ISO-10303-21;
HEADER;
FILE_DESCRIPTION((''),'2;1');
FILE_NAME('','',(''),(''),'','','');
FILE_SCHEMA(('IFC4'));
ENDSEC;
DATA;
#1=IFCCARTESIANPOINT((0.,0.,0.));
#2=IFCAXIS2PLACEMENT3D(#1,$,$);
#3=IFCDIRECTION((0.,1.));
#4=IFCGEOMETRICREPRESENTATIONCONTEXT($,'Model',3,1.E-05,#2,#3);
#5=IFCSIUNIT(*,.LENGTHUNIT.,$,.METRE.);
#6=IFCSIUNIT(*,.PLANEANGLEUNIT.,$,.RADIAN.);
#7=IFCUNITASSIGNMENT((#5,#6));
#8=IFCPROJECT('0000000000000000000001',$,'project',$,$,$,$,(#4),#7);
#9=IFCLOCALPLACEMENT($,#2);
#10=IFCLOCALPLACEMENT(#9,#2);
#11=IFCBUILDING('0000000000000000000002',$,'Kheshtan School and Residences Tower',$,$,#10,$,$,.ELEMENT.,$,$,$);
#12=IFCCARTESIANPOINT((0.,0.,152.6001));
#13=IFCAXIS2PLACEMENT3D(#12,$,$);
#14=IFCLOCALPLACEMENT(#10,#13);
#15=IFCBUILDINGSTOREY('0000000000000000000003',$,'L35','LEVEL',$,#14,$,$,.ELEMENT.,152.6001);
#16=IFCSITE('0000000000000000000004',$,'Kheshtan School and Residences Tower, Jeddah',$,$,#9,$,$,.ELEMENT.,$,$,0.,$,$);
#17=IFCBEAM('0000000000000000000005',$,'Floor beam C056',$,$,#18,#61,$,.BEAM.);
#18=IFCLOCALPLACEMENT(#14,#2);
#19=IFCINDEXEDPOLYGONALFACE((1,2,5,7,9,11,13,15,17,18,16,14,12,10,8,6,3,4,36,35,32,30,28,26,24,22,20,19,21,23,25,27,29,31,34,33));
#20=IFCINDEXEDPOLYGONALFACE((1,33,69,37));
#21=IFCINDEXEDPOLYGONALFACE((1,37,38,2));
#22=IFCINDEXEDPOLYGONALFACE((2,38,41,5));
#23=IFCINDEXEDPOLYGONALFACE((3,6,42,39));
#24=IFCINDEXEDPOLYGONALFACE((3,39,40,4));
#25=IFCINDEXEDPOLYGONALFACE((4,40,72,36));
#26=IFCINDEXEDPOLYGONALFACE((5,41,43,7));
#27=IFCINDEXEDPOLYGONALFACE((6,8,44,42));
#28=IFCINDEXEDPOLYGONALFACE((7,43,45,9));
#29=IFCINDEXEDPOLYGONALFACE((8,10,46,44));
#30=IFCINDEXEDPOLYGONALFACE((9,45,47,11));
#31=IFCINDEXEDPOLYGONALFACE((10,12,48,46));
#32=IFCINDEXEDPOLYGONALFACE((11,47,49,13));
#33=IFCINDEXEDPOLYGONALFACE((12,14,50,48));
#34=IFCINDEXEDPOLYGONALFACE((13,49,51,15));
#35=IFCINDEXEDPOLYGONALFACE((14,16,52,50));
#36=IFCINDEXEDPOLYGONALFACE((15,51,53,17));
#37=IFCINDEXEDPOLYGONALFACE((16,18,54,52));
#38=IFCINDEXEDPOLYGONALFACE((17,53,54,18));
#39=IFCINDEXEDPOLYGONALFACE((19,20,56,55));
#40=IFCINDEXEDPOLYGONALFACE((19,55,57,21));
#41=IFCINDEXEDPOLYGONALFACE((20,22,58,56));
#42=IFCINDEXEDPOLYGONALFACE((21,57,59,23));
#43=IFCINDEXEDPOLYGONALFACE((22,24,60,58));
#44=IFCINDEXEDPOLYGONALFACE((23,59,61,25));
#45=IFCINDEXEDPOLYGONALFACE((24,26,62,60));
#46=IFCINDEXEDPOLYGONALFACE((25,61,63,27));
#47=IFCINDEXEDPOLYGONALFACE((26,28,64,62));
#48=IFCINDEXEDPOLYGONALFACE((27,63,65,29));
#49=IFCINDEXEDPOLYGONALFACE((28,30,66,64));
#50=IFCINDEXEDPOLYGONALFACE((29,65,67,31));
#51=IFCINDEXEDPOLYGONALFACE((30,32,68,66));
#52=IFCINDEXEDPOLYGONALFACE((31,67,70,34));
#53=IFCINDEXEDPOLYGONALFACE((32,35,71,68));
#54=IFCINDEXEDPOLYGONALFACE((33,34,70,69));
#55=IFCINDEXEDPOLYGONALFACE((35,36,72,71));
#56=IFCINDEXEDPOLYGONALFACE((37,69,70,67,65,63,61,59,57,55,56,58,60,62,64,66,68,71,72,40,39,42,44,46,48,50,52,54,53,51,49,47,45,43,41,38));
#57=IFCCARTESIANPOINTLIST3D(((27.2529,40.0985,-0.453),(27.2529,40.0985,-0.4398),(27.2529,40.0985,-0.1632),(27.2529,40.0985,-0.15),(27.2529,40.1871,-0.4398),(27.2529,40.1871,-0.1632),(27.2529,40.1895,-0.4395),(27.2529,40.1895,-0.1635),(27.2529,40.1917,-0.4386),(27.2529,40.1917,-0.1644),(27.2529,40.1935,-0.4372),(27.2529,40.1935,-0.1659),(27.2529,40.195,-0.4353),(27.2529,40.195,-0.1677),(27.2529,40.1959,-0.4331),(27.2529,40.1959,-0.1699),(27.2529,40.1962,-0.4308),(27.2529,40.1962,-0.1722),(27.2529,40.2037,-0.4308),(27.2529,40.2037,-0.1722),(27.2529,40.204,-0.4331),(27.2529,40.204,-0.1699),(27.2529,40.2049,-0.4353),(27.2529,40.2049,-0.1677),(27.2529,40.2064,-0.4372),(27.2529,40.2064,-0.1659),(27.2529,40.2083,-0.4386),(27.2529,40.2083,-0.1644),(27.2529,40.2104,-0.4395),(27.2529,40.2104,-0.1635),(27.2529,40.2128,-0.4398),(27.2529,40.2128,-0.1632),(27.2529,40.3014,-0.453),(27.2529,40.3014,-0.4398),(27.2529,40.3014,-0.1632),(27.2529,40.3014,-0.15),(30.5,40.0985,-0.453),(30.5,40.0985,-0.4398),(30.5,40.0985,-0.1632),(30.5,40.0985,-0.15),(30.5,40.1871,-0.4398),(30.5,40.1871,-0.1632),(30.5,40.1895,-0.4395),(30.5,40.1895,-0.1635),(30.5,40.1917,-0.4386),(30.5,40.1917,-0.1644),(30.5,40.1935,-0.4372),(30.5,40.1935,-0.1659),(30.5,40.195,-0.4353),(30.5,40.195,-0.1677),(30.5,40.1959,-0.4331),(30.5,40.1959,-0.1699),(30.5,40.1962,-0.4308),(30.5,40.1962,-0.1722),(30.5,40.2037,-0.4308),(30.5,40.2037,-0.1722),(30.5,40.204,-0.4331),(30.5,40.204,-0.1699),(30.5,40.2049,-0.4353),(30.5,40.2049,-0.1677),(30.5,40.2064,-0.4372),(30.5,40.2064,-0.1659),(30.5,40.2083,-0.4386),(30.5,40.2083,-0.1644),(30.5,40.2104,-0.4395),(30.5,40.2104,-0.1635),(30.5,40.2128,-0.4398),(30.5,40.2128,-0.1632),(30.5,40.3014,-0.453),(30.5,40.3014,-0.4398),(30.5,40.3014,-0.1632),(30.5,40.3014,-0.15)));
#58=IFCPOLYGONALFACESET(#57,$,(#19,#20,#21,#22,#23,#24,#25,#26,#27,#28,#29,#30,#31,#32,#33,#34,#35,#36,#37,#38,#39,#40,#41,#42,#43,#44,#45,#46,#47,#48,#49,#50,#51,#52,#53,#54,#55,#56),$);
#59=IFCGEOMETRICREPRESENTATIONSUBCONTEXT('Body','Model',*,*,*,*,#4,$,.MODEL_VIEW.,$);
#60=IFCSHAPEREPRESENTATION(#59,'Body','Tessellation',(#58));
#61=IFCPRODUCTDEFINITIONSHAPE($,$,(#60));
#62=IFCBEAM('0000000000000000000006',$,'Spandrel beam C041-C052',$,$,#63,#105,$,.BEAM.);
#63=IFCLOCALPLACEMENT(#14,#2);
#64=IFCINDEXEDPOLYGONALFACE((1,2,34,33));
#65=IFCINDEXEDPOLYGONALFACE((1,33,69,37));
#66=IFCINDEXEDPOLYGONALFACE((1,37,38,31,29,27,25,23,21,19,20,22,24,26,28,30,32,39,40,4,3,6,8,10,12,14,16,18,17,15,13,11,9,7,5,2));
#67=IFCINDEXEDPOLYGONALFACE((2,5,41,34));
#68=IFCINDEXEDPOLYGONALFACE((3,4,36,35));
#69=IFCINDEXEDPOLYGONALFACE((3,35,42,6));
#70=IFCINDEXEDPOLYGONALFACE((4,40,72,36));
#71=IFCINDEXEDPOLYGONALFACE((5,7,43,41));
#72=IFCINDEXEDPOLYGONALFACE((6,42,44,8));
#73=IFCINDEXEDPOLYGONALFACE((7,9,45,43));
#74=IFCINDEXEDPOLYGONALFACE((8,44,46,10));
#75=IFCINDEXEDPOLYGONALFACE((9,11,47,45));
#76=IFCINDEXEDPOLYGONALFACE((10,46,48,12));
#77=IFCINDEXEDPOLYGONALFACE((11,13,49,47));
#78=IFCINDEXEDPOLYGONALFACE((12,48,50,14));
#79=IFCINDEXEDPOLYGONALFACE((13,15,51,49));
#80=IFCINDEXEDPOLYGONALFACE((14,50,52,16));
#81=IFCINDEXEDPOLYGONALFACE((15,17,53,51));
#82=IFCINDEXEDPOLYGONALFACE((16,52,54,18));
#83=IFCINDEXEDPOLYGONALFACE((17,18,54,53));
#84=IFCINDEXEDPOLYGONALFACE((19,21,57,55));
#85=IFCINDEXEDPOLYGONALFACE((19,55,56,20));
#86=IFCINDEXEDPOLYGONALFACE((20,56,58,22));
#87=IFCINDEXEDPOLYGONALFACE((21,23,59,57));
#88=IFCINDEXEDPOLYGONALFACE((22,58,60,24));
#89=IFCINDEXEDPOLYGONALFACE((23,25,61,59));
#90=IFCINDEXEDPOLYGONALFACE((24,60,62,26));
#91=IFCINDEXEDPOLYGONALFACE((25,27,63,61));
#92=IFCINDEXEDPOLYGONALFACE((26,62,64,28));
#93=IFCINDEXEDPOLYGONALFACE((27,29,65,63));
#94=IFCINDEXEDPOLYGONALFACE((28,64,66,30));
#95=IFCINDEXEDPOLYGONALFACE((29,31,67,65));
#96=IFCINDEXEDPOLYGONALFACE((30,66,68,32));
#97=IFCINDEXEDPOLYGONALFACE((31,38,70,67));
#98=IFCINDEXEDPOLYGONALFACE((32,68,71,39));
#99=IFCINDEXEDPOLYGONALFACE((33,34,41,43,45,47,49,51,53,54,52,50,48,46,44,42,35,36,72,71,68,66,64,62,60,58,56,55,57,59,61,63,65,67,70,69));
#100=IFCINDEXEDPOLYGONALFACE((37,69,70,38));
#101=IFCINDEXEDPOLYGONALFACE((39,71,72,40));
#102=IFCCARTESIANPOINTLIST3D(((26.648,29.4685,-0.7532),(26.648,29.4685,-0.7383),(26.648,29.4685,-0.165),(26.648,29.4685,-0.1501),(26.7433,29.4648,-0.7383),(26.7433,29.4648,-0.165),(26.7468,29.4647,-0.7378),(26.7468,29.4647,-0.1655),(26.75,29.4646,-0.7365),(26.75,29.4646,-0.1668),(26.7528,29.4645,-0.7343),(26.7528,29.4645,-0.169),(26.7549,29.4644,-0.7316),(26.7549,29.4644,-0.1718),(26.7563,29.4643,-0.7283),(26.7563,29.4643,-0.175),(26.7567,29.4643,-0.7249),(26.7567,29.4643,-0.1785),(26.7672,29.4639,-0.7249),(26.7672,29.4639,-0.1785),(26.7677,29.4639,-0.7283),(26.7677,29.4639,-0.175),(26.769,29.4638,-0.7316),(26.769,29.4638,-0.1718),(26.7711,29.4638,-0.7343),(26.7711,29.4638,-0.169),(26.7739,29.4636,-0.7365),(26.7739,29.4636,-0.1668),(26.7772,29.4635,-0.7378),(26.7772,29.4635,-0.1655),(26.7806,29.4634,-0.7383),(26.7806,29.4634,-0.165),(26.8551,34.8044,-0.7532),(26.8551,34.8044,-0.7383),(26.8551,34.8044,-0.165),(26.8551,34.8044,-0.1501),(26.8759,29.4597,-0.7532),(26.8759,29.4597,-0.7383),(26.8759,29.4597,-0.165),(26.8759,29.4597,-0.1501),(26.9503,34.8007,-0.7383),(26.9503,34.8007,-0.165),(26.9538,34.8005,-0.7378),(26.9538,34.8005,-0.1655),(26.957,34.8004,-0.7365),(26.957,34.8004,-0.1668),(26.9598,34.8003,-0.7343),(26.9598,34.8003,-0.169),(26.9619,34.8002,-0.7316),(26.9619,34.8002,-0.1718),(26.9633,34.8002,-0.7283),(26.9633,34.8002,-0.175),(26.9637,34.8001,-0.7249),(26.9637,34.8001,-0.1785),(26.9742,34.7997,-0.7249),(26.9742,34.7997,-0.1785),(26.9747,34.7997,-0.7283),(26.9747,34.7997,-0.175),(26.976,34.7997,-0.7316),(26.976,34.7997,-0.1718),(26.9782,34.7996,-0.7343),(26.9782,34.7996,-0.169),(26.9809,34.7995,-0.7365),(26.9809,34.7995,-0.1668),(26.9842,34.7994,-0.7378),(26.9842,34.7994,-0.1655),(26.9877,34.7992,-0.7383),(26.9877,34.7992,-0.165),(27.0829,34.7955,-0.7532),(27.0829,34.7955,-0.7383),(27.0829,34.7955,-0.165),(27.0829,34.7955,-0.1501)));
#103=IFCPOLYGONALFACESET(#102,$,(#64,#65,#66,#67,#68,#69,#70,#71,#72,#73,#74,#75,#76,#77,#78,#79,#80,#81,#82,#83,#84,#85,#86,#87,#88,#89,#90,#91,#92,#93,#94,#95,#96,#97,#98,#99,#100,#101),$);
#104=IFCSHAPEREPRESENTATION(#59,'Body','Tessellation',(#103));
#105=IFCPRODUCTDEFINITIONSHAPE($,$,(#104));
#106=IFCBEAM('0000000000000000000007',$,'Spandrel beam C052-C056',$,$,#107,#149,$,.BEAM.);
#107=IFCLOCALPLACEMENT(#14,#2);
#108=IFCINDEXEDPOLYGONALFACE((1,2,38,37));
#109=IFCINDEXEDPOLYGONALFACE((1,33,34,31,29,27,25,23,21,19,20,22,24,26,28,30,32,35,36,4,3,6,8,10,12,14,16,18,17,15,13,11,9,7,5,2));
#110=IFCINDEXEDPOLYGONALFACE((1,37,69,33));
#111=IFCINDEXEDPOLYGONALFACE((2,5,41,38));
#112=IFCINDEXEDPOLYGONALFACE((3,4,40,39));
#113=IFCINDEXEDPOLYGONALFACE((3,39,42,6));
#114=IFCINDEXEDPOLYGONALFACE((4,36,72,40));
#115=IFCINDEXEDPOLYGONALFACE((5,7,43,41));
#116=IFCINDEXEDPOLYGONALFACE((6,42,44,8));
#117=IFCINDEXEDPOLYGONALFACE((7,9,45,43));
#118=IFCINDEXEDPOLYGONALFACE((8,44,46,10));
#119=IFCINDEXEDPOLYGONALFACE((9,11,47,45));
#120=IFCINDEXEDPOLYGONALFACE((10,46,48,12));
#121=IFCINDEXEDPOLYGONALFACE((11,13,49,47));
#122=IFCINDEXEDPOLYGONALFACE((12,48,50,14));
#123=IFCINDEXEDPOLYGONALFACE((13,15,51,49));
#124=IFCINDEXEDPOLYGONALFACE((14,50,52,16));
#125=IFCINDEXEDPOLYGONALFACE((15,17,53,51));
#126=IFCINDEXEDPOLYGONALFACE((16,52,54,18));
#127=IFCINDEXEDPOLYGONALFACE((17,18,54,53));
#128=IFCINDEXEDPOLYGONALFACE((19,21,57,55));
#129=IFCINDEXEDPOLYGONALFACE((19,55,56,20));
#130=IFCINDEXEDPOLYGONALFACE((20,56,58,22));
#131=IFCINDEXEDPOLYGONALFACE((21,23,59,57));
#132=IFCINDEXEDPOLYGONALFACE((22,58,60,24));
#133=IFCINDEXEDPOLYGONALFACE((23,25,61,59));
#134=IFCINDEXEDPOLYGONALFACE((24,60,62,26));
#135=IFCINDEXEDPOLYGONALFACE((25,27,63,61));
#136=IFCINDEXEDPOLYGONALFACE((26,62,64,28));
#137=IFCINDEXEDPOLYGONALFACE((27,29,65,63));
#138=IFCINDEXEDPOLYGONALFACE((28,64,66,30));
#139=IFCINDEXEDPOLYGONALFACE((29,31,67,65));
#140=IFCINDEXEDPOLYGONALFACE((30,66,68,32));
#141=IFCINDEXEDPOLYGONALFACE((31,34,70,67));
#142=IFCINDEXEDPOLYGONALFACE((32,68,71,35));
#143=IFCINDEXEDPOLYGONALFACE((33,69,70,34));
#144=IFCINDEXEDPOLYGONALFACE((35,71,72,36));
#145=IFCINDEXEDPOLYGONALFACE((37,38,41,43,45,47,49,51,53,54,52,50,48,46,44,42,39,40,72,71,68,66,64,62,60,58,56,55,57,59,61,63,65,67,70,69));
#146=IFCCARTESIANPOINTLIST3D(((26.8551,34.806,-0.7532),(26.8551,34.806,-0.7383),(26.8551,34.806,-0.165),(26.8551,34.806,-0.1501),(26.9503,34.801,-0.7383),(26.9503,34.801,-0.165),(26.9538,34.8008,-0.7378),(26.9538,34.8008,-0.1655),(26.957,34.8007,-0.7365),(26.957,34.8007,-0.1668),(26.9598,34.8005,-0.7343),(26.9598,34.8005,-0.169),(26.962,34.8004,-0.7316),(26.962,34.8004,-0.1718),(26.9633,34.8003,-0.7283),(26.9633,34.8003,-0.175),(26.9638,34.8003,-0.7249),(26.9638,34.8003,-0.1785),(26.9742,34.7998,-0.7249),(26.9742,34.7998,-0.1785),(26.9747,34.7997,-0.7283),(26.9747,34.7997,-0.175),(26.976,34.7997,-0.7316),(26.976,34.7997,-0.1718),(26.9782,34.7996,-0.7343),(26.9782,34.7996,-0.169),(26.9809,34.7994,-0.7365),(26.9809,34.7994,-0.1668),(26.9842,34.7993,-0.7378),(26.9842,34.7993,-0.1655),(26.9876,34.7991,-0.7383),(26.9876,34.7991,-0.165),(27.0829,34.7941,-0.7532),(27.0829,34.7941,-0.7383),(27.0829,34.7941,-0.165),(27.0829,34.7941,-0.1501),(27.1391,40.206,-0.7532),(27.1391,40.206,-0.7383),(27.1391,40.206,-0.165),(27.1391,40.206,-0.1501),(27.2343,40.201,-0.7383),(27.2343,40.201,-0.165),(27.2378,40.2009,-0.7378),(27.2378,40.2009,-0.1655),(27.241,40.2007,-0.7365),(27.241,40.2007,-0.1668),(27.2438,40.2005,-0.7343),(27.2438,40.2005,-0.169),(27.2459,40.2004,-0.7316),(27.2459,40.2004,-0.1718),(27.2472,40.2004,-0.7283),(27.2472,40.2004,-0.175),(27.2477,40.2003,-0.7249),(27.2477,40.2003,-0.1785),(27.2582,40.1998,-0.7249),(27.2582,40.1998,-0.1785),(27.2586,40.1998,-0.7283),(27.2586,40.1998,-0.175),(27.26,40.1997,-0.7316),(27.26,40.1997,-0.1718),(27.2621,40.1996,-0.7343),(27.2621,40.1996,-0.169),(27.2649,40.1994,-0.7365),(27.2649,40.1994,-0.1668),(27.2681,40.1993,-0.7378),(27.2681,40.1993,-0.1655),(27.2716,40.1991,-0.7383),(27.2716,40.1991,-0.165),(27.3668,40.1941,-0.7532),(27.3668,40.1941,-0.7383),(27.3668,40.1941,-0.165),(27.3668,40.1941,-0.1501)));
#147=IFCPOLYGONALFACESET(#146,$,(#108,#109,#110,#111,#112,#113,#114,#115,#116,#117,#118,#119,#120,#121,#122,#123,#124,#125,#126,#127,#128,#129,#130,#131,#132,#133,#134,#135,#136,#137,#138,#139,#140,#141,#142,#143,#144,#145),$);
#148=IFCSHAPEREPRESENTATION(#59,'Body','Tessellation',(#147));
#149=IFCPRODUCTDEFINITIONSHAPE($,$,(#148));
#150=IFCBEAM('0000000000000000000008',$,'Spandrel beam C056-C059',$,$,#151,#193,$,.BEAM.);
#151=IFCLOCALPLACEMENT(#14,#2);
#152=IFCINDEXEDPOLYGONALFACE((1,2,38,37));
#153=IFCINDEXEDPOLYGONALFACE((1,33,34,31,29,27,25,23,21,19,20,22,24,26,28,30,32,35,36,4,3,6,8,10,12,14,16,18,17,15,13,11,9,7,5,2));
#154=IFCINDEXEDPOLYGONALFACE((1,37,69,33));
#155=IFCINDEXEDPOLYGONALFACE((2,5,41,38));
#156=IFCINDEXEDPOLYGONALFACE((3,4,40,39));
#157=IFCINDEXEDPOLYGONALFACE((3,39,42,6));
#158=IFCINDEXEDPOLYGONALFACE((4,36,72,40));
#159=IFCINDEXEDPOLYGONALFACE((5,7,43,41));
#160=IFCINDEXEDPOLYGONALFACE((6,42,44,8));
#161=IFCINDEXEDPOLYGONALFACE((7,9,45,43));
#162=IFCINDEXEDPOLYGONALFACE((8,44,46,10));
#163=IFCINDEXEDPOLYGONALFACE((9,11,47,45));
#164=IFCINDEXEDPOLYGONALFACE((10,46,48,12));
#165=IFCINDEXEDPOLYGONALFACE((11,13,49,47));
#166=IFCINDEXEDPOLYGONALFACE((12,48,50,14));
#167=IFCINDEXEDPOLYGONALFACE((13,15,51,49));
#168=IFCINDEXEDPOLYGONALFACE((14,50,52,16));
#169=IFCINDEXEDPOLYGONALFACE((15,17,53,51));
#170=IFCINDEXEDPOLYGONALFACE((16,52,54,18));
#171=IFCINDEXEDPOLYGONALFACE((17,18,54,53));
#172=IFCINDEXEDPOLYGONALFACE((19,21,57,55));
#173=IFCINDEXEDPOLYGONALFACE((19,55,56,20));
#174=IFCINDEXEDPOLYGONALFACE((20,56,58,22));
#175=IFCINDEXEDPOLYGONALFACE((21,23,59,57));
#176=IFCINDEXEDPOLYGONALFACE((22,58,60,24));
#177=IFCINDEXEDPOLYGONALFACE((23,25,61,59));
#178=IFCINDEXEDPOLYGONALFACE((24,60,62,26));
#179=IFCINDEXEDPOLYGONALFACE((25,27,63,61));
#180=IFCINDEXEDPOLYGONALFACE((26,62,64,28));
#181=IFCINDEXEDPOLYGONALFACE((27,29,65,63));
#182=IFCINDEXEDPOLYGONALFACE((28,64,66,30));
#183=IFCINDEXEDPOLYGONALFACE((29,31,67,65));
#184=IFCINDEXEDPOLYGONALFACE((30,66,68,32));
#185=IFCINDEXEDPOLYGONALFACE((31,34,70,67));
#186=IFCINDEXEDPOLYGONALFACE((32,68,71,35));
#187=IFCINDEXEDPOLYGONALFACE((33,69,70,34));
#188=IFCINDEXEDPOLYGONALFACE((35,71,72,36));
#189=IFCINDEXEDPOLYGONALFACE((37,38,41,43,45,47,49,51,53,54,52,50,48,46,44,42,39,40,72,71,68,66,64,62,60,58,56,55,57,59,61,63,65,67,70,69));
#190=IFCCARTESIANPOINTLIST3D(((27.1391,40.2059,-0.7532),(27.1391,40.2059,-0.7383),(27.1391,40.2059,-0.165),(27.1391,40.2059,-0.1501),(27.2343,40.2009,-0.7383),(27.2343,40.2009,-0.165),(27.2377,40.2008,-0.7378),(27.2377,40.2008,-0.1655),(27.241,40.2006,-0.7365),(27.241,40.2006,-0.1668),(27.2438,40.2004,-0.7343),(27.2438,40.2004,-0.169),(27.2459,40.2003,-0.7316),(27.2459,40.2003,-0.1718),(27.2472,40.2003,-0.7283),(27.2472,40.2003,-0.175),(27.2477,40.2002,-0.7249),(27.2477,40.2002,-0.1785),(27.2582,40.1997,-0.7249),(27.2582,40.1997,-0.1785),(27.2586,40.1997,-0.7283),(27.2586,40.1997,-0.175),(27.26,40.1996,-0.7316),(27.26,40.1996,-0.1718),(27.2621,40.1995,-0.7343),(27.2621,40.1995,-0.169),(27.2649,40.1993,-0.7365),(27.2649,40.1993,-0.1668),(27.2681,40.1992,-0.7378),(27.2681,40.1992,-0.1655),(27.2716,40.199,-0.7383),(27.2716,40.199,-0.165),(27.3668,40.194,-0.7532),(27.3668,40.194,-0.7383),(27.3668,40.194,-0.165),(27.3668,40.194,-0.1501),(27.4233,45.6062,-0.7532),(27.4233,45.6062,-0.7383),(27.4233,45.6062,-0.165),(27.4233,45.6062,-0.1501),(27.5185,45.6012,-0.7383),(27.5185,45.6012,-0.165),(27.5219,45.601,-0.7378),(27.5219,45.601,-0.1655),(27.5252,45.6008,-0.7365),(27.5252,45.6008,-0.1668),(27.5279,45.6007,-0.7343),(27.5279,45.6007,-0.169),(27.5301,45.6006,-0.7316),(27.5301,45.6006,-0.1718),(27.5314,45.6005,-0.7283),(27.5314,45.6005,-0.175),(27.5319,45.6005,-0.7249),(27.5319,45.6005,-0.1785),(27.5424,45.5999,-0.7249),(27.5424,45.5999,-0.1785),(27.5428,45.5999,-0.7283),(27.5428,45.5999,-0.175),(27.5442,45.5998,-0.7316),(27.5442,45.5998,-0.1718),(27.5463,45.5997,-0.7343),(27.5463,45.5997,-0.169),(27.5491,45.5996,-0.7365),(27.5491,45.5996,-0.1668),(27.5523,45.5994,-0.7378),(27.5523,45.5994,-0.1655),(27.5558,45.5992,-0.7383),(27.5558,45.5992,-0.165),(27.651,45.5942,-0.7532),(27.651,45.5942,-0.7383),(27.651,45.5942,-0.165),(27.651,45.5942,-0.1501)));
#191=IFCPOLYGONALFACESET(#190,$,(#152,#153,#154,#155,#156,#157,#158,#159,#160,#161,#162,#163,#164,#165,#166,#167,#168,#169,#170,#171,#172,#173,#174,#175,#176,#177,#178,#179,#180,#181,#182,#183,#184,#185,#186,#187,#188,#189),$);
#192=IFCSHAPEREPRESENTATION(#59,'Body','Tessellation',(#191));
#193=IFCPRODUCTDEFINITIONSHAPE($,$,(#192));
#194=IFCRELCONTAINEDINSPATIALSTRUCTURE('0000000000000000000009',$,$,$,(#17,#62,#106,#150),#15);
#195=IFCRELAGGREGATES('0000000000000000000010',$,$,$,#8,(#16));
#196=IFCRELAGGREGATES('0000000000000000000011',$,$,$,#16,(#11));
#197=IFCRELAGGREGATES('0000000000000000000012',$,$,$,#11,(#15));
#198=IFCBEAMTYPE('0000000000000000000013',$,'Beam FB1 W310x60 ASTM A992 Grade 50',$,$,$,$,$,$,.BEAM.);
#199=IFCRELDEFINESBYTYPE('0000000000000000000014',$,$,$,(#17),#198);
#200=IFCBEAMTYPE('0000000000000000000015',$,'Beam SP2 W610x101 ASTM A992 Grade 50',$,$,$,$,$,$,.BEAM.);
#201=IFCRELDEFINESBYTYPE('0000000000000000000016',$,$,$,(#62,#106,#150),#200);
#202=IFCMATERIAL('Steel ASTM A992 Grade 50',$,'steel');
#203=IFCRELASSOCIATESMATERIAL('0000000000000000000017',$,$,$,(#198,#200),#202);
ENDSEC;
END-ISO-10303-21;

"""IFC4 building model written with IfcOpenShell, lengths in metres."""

from ifc_helpers import new_model, si_unit, direction, frame, origin, origin_2d, place, context, subcontext, project, spatial, i_section, extrude, material, material_profile, profile_set, type_object, element, save


model = new_model("IFC4")

# Units and contexts
model_context = context("Model", 3, precision=1e-05, world=origin(), true_north=direction((0.0, 1.0)))
body_context = subcontext(model_context, "Body", "Model", "MODEL_VIEW")
ifc_project = project(units=[si_unit("LENGTHUNIT", "METRE"), si_unit("PLANEANGLEUNIT", "RADIAN")], contexts=[model_context])

# Site, building, storey
site_placement = place(None, origin())
site = spatial("IfcSite", under=ifc_project, at=site_placement, Name="Kheshtan School and Residences Tower, Jeddah", CompositionType="ELEMENT", RefElevation=0.0)
building_placement = place(site_placement, origin())
building = spatial("IfcBuilding", under=site, at=building_placement, Name="Kheshtan School and Residences Tower", CompositionType="ELEMENT")
storey_placement = place(building_placement, frame((0.0, 0.0, 152.6001)))
storey = spatial("IfcBuildingStorey", under=building, at=storey_placement, Name="L35", Description="LEVEL", CompositionType="ELEMENT", Elevation=152.6001)

# Shared definitions
ifc_material_1 = material(Name="Steel ASTM A992 Grade 50", Category="steel")

# Beams
ifc_material_profile_1 = material_profile(ifc_material_1, i_section(OverallWidth=0.2029, OverallDepth=0.303, WebThickness=0.0076, FlangeThickness=0.0132, FilletRadius=0.009, at=origin_2d()), Name="W310x60")
ifc_profile_set_1 = profile_set([ifc_material_profile_1], Name="Steel ASTM A992 Grade 50")
beam_type_1 = type_object("IfcBeamType", Name="Beam FB1 W310x60 ASTM A992 Grade 50", PredefinedType="BEAM", material=ifc_profile_set_1)
beam_1_placement = place(storey_placement, frame((27.2529, 40.2, -0.3015), z_axis=(1.0, 0.0, 0.0), x_axis=(0.0, 1.0, 0.0)))
element("IfcBeam", 1, at=beam_1_placement, inside=storey, type_object=beam_type_1, Name="Floor beam C056", PredefinedType="BEAM", context=body_context, shape_type="SweptSolid", body=[
    extrude(i_section(OverallWidth=0.2029, OverallDepth=0.303, WebThickness=0.0076, FlangeThickness=0.0132, FilletRadius=0.009, at=origin_2d()), origin(), (0.0, 0.0, 1.0), 3.2471),
])
ifc_material_profile_2 = material_profile(ifc_material_1, i_section(OverallWidth=0.228, OverallDepth=0.603, WebThickness=0.0105, FlangeThickness=0.0149, FilletRadius=0.0134, at=origin_2d()), Name="W610x101")
ifc_profile_set_2 = profile_set([ifc_material_profile_2], Name="Steel ASTM A992 Grade 50")
beam_type_2 = type_object("IfcBeamType", Name="Beam SP2 W610x101 ASTM A992 Grade 50", PredefinedType="BEAM", material=ifc_profile_set_2)
beam_2_placement = place(storey_placement, frame((26.762, 29.4641, -0.4517), z_axis=(0.03877, 0.999248, 0.0), x_axis=(-0.999248, 0.03877, 0.0)))
element("IfcBeam", 2, at=beam_2_placement, inside=storey, type_object=beam_type_2, Name="Spandrel beam C041-C052", PredefinedType="BEAM", context=body_context, shape_type="SweptSolid", body=[
    extrude(i_section(OverallWidth=0.228, OverallDepth=0.603, WebThickness=0.0105, FlangeThickness=0.0149, FilletRadius=0.0134, at=origin_2d()), origin(), (0.0, 0.0, 1.0), 5.3398),
])
beam_3_placement = place(storey_placement, frame((26.969, 34.8, -0.4517), z_axis=(0.052509, 0.99862, 0.0), x_axis=(-0.99862, 0.052509, 0.0)))
element("IfcBeam", 3, at=beam_3_placement, inside=storey, type_object=beam_type_2, Name="Spandrel beam C052-C056", PredefinedType="BEAM", context=body_context, shape_type="SweptSolid", body=[
    extrude(i_section(OverallWidth=0.228, OverallDepth=0.603, WebThickness=0.0105, FlangeThickness=0.0149, FilletRadius=0.0134, at=origin_2d()), origin(), (0.0, 0.0, 1.0), 5.4075),
])
beam_4_placement = place(storey_placement, frame((27.2529, 40.2, -0.4517), z_axis=(0.052552, 0.998618, 0.0), x_axis=(-0.998618, 0.052552, 0.0)))
element("IfcBeam", 4, at=beam_4_placement, inside=storey, type_object=beam_type_2, Name="Spandrel beam C056-C059", PredefinedType="BEAM", context=body_context, shape_type="SweptSolid", body=[
    extrude(i_section(OverallWidth=0.228, OverallDepth=0.603, WebThickness=0.0105, FlangeThickness=0.0149, FilletRadius=0.0134, at=origin_2d()), origin(), (0.0, 0.0, 1.0), 5.4077),
])

save(model, "model.ifc")
